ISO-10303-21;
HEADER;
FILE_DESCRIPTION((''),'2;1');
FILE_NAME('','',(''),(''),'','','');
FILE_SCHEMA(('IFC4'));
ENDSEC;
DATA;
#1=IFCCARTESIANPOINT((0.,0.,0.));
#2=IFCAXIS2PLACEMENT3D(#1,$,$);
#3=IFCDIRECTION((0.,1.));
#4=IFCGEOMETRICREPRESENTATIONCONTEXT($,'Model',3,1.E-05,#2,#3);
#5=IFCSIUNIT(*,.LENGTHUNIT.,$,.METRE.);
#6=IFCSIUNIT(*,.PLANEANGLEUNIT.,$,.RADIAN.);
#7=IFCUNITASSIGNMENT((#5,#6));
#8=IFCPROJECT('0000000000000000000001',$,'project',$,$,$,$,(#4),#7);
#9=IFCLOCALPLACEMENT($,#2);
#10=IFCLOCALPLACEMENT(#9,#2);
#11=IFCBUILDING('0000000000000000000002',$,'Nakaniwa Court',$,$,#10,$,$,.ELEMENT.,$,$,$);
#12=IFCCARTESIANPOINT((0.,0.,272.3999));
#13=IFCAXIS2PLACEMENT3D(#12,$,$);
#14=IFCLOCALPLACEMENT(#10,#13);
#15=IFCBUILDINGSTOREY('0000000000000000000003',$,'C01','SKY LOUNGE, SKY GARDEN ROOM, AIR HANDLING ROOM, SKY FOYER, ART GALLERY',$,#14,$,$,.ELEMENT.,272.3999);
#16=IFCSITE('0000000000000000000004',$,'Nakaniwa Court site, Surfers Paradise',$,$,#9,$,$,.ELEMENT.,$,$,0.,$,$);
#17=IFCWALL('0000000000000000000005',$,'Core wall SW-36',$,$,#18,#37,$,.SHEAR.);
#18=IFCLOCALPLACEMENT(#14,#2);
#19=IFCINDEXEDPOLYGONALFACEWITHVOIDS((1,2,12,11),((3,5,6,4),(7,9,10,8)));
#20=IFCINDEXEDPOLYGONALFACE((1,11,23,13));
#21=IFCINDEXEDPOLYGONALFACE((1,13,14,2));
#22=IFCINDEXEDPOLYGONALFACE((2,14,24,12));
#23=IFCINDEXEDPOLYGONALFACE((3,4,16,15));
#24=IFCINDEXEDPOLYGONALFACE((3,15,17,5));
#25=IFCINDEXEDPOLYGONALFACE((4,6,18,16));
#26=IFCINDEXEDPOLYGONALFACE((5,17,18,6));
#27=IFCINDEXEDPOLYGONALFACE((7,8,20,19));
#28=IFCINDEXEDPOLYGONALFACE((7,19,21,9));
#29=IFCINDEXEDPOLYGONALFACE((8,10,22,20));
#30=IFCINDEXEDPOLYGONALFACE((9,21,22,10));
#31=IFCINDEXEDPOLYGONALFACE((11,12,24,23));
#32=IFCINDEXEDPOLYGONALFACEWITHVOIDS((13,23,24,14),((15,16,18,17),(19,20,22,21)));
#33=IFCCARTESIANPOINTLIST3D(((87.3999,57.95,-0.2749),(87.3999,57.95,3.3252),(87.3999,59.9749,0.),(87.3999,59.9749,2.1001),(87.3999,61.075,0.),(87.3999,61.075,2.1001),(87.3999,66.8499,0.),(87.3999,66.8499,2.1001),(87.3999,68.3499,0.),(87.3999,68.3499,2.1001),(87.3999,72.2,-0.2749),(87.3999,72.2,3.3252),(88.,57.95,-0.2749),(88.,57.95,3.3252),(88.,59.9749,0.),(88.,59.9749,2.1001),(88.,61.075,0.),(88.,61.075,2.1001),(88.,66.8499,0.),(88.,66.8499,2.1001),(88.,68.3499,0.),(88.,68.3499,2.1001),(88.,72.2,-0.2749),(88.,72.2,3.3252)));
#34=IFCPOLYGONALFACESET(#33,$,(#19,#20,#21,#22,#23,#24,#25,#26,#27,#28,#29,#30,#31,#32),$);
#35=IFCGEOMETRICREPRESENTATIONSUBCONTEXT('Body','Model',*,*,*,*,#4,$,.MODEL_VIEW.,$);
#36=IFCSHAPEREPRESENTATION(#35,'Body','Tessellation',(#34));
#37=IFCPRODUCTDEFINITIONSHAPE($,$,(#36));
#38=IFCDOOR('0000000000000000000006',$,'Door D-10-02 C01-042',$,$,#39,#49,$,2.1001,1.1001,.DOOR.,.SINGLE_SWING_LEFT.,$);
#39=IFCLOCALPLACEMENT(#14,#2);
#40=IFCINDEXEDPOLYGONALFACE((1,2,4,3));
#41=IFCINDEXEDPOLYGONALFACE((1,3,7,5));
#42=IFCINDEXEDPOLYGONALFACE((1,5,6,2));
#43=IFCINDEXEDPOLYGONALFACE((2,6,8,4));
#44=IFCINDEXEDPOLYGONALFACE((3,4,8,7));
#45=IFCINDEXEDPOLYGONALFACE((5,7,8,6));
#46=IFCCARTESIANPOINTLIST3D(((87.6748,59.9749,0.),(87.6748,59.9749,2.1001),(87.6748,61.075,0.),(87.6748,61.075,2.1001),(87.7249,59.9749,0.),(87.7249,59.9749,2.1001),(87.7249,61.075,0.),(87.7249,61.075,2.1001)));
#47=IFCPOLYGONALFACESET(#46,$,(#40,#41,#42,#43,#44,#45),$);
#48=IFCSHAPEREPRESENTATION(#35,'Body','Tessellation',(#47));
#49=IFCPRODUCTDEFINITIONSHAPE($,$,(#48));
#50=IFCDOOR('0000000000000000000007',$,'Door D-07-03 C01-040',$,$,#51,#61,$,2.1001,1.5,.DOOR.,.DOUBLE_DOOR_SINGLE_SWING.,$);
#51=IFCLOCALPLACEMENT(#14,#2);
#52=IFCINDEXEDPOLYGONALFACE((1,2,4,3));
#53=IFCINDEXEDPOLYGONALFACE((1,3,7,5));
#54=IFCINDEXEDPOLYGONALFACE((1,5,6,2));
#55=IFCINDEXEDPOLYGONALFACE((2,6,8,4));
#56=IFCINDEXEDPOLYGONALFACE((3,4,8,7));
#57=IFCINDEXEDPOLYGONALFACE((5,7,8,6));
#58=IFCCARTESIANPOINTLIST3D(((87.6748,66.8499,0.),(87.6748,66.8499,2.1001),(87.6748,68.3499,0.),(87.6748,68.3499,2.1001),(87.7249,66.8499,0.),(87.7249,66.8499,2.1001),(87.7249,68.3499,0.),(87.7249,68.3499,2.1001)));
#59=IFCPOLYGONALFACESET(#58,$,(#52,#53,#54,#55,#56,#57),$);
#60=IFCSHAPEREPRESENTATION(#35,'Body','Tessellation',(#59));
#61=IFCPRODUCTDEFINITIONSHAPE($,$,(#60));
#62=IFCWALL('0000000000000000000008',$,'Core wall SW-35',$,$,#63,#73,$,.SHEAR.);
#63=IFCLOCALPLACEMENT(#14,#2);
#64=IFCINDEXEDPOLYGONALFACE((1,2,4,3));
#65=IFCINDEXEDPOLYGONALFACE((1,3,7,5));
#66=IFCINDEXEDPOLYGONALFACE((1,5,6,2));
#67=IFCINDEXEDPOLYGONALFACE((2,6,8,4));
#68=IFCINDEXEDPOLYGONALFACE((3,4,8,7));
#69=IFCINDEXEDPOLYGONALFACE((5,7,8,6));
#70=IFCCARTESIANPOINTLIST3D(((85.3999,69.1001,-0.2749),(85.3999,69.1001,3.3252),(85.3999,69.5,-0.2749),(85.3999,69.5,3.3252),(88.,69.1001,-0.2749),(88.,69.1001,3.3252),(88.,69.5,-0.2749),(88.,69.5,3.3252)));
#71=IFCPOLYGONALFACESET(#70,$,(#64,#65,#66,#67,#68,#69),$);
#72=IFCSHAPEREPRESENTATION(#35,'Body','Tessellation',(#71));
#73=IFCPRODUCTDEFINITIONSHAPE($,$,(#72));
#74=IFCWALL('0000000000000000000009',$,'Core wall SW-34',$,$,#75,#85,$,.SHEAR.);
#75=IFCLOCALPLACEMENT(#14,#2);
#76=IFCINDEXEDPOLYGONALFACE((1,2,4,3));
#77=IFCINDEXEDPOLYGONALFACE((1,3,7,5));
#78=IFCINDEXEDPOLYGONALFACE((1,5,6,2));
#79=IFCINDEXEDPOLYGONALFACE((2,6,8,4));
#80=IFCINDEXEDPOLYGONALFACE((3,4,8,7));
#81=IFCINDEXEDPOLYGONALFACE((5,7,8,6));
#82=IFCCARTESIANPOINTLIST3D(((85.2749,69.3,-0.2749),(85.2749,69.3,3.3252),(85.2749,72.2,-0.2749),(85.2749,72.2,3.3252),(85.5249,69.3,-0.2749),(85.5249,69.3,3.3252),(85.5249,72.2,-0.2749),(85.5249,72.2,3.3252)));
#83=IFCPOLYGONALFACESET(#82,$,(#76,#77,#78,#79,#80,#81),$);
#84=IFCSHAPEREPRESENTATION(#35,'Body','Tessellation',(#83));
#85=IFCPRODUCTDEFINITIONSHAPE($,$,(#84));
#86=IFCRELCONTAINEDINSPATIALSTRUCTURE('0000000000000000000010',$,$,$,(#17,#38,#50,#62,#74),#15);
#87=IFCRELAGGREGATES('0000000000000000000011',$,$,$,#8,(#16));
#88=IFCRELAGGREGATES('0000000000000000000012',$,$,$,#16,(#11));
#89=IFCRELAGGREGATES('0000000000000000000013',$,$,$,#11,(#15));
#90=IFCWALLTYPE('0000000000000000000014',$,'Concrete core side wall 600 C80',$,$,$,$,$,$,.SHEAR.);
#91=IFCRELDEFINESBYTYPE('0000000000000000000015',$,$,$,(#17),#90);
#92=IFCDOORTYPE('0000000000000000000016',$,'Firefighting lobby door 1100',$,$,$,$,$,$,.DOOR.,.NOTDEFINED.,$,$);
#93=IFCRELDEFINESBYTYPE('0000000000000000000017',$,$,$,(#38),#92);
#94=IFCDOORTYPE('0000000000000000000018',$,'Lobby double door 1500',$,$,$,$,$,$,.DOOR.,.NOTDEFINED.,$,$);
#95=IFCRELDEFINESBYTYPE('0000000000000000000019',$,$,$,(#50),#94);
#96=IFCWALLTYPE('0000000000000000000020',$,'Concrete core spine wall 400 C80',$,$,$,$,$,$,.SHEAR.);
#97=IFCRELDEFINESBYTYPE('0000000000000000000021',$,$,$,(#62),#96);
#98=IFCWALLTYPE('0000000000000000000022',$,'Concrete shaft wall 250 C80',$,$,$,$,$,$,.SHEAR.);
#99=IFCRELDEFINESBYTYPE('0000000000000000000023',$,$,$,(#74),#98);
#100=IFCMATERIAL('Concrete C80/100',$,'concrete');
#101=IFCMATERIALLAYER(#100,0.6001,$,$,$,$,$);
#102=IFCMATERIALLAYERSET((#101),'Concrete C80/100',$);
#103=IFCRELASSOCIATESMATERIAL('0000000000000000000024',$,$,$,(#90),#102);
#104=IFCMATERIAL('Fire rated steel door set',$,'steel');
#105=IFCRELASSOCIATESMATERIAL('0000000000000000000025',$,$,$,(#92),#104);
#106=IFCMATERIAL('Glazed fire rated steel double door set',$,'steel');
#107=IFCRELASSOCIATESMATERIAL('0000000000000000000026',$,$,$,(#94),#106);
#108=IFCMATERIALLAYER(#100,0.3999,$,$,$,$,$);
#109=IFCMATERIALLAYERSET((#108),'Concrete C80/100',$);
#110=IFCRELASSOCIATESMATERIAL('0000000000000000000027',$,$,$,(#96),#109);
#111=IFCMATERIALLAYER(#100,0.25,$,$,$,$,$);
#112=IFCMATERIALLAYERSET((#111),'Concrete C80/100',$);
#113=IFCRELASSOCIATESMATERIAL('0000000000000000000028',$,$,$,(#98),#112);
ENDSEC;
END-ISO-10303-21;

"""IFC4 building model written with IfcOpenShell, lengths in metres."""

from ifc_helpers import new_model, si_unit, direction, frame, frame_2d, origin, place, context, subcontext, project, spatial, rectangle, extrude, material, layer, layer_set, type_object, element, fill, save


model = new_model("IFC4")

# Units and contexts
model_context = context("Model", 3, precision=1e-05, world=origin(), true_north=direction((0.0, 1.0)))
body_context = subcontext(model_context, "Body", "Model", "MODEL_VIEW")
ifc_project = project(units=[si_unit("LENGTHUNIT", "METRE"), si_unit("PLANEANGLEUNIT", "RADIAN")], contexts=[model_context])

# Site, building, storey
site_placement = place(None, origin())
site = spatial("IfcSite", under=ifc_project, at=site_placement, Name="Nakaniwa Court site, Surfers Paradise", CompositionType="ELEMENT", RefElevation=0.0)
building_placement = place(site_placement, origin())
building = spatial("IfcBuilding", under=site, at=building_placement, Name="Nakaniwa Court", CompositionType="ELEMENT")
storey_placement = place(building_placement, frame((0.0, 0.0, 272.3999)))
storey = spatial("IfcBuildingStorey", under=building, at=storey_placement, Name="C01", Description="SKY LOUNGE, SKY GARDEN ROOM, AIR HANDLING ROOM, SKY FOYER, ART GALLERY", CompositionType="ELEMENT", Elevation=272.3999)

# Shared definitions
ifc_material_1 = material(Name="Concrete C80/100", Category="concrete")

# Shared definitions
ifc_material_2 = material(Name="Fire rated steel door set", Category="steel")

# Wall, openings, doors
ifc_layer_1 = layer(ifc_material_1, 0.6001)
ifc_layer_set_1 = layer_set([ifc_layer_1], Name="Concrete C80/100")
wall_type_1 = type_object("IfcWallType", Name="Concrete core side wall 600 C80", PredefinedType="SHEAR", material=ifc_layer_set_1)
wall_1_placement = place(storey_placement, frame((87.7, 72.2, -0.2749), z_axis=(0.0, 0.0, 1.0), x_axis=(0.0, -1.0, 0.0)))
wall_1 = element("IfcWall", 1, at=wall_1_placement, inside=storey, type_object=wall_type_1, Name="Core wall SW-36", PredefinedType="SHEAR", context=body_context, shape_type="SweptSolid", body=[
    extrude(rectangle(XDim=14.25, YDim=0.6001, at=frame_2d((7.125, 0.0))), origin(), (0.0, 0.0, 1.0), 3.6001),
])
opening_1_placement = place(wall_1_placement, frame((3.8501, 0.0, 0.2749)))
opening_1 = element("IfcOpeningElement", 2, at=opening_1_placement, cuts=wall_1, PredefinedType="OPENING", context=body_context, shape_type="SweptSolid", body=[
    extrude(rectangle(XDim=1.5, YDim=2.1001, at=frame_2d((0.75, 1.05))), frame((0.0, 0.3101, 0.0), z_axis=(0.0, -1.0, 0.0), x_axis=(1.0, 0.0, 0.0)), (0.0, 0.0, 1.0), 0.6201),
])
opening_2_placement = place(wall_1_placement, frame((11.125, 0.0, 0.2749)))
opening_2 = element("IfcOpeningElement", 3, at=opening_2_placement, cuts=wall_1, PredefinedType="OPENING", context=body_context, shape_type="SweptSolid", body=[
    extrude(rectangle(XDim=1.1001, YDim=2.1001, at=frame_2d((0.55, 1.05))), frame((0.0, 0.3101, 0.0), z_axis=(0.0, -1.0, 0.0), x_axis=(1.0, 0.0, 0.0)), (0.0, 0.0, 1.0), 0.6201),
])
door_type_1 = type_object("IfcDoorType", Name="Firefighting lobby door 1100", OperationType="NOTDEFINED", PredefinedType="DOOR", material=ifc_material_2)
door_1_placement = place(opening_2_placement, origin())
door_1 = element("IfcDoor", 4, at=door_1_placement, inside=storey, type_object=door_type_1, Name="Door D-10-02 C01-042", OperationType="SINGLE_SWING_LEFT", OverallHeight=2.1001, OverallWidth=1.1001, PredefinedType="DOOR", context=body_context, shape_type="SweptSolid", body=[
    extrude(rectangle(XDim=1.1001, YDim=2.1001, at=frame_2d((0.55, 1.05))), frame((0.0, 0.0249, 0.0), z_axis=(0.0, -1.0, 0.0), x_axis=(1.0, 0.0, 0.0)), (0.0, 0.0, 1.0), 0.05),
])
fill(opening_2, door_1)
ifc_material_3 = material(Name="Glazed fire rated steel double door set", Category="steel")
door_type_2 = type_object("IfcDoorType", Name="Lobby double door 1500", OperationType="NOTDEFINED", PredefinedType="DOOR", material=ifc_material_3)
door_2_placement = place(opening_1_placement, origin())
door_2 = element("IfcDoor", 5, at=door_2_placement, inside=storey, type_object=door_type_2, Name="Door D-07-03 C01-040", OperationType="DOUBLE_DOOR_SINGLE_SWING", OverallHeight=2.1001, OverallWidth=1.5, PredefinedType="DOOR", context=body_context, shape_type="SweptSolid", body=[
    extrude(rectangle(XDim=1.5, YDim=2.1001, at=frame_2d((0.75, 1.05))), frame((0.0, 0.0249, 0.0), z_axis=(0.0, -1.0, 0.0), x_axis=(1.0, 0.0, 0.0)), (0.0, 0.0, 1.0), 0.05),
])
fill(opening_1, door_2)

# Walls
ifc_layer_2 = layer(ifc_material_1, 0.3999)
ifc_layer_set_2 = layer_set([ifc_layer_2], Name="Concrete C80/100")
wall_type_2 = type_object("IfcWallType", Name="Concrete core spine wall 400 C80", PredefinedType="SHEAR", material=ifc_layer_set_2)
wall_2_placement = place(storey_placement, frame((85.3999, 69.3, -0.2749), z_axis=(0.0, 0.0, 1.0), x_axis=(1.0, 0.0, 0.0)))
element("IfcWall", 6, at=wall_2_placement, inside=storey, type_object=wall_type_2, Name="Core wall SW-35", PredefinedType="SHEAR", context=body_context, shape_type="SweptSolid", body=[
    extrude(rectangle(XDim=2.6001, YDim=0.3999, at=frame_2d((1.3, 0.0))), origin(), (0.0, 0.0, 1.0), 3.6001),
])
ifc_layer_3 = layer(ifc_material_1, 0.25)
ifc_layer_set_3 = layer_set([ifc_layer_3], Name="Concrete C80/100")
wall_type_3 = type_object("IfcWallType", Name="Concrete shaft wall 250 C80", PredefinedType="SHEAR", material=ifc_layer_set_3)
wall_3_placement = place(storey_placement, frame((85.3999, 69.3, -0.2749), z_axis=(0.0, 0.0, 1.0), x_axis=(0.0, 1.0, 0.0)))
element("IfcWall", 7, at=wall_3_placement, inside=storey, type_object=wall_type_3, Name="Core wall SW-34", PredefinedType="SHEAR", context=body_context, shape_type="SweptSolid", body=[
    extrude(rectangle(XDim=2.8999, YDim=0.25, at=frame_2d((1.45, 0.0))), origin(), (0.0, 0.0, 1.0), 3.6001),
])

save(model, "model.ifc")
